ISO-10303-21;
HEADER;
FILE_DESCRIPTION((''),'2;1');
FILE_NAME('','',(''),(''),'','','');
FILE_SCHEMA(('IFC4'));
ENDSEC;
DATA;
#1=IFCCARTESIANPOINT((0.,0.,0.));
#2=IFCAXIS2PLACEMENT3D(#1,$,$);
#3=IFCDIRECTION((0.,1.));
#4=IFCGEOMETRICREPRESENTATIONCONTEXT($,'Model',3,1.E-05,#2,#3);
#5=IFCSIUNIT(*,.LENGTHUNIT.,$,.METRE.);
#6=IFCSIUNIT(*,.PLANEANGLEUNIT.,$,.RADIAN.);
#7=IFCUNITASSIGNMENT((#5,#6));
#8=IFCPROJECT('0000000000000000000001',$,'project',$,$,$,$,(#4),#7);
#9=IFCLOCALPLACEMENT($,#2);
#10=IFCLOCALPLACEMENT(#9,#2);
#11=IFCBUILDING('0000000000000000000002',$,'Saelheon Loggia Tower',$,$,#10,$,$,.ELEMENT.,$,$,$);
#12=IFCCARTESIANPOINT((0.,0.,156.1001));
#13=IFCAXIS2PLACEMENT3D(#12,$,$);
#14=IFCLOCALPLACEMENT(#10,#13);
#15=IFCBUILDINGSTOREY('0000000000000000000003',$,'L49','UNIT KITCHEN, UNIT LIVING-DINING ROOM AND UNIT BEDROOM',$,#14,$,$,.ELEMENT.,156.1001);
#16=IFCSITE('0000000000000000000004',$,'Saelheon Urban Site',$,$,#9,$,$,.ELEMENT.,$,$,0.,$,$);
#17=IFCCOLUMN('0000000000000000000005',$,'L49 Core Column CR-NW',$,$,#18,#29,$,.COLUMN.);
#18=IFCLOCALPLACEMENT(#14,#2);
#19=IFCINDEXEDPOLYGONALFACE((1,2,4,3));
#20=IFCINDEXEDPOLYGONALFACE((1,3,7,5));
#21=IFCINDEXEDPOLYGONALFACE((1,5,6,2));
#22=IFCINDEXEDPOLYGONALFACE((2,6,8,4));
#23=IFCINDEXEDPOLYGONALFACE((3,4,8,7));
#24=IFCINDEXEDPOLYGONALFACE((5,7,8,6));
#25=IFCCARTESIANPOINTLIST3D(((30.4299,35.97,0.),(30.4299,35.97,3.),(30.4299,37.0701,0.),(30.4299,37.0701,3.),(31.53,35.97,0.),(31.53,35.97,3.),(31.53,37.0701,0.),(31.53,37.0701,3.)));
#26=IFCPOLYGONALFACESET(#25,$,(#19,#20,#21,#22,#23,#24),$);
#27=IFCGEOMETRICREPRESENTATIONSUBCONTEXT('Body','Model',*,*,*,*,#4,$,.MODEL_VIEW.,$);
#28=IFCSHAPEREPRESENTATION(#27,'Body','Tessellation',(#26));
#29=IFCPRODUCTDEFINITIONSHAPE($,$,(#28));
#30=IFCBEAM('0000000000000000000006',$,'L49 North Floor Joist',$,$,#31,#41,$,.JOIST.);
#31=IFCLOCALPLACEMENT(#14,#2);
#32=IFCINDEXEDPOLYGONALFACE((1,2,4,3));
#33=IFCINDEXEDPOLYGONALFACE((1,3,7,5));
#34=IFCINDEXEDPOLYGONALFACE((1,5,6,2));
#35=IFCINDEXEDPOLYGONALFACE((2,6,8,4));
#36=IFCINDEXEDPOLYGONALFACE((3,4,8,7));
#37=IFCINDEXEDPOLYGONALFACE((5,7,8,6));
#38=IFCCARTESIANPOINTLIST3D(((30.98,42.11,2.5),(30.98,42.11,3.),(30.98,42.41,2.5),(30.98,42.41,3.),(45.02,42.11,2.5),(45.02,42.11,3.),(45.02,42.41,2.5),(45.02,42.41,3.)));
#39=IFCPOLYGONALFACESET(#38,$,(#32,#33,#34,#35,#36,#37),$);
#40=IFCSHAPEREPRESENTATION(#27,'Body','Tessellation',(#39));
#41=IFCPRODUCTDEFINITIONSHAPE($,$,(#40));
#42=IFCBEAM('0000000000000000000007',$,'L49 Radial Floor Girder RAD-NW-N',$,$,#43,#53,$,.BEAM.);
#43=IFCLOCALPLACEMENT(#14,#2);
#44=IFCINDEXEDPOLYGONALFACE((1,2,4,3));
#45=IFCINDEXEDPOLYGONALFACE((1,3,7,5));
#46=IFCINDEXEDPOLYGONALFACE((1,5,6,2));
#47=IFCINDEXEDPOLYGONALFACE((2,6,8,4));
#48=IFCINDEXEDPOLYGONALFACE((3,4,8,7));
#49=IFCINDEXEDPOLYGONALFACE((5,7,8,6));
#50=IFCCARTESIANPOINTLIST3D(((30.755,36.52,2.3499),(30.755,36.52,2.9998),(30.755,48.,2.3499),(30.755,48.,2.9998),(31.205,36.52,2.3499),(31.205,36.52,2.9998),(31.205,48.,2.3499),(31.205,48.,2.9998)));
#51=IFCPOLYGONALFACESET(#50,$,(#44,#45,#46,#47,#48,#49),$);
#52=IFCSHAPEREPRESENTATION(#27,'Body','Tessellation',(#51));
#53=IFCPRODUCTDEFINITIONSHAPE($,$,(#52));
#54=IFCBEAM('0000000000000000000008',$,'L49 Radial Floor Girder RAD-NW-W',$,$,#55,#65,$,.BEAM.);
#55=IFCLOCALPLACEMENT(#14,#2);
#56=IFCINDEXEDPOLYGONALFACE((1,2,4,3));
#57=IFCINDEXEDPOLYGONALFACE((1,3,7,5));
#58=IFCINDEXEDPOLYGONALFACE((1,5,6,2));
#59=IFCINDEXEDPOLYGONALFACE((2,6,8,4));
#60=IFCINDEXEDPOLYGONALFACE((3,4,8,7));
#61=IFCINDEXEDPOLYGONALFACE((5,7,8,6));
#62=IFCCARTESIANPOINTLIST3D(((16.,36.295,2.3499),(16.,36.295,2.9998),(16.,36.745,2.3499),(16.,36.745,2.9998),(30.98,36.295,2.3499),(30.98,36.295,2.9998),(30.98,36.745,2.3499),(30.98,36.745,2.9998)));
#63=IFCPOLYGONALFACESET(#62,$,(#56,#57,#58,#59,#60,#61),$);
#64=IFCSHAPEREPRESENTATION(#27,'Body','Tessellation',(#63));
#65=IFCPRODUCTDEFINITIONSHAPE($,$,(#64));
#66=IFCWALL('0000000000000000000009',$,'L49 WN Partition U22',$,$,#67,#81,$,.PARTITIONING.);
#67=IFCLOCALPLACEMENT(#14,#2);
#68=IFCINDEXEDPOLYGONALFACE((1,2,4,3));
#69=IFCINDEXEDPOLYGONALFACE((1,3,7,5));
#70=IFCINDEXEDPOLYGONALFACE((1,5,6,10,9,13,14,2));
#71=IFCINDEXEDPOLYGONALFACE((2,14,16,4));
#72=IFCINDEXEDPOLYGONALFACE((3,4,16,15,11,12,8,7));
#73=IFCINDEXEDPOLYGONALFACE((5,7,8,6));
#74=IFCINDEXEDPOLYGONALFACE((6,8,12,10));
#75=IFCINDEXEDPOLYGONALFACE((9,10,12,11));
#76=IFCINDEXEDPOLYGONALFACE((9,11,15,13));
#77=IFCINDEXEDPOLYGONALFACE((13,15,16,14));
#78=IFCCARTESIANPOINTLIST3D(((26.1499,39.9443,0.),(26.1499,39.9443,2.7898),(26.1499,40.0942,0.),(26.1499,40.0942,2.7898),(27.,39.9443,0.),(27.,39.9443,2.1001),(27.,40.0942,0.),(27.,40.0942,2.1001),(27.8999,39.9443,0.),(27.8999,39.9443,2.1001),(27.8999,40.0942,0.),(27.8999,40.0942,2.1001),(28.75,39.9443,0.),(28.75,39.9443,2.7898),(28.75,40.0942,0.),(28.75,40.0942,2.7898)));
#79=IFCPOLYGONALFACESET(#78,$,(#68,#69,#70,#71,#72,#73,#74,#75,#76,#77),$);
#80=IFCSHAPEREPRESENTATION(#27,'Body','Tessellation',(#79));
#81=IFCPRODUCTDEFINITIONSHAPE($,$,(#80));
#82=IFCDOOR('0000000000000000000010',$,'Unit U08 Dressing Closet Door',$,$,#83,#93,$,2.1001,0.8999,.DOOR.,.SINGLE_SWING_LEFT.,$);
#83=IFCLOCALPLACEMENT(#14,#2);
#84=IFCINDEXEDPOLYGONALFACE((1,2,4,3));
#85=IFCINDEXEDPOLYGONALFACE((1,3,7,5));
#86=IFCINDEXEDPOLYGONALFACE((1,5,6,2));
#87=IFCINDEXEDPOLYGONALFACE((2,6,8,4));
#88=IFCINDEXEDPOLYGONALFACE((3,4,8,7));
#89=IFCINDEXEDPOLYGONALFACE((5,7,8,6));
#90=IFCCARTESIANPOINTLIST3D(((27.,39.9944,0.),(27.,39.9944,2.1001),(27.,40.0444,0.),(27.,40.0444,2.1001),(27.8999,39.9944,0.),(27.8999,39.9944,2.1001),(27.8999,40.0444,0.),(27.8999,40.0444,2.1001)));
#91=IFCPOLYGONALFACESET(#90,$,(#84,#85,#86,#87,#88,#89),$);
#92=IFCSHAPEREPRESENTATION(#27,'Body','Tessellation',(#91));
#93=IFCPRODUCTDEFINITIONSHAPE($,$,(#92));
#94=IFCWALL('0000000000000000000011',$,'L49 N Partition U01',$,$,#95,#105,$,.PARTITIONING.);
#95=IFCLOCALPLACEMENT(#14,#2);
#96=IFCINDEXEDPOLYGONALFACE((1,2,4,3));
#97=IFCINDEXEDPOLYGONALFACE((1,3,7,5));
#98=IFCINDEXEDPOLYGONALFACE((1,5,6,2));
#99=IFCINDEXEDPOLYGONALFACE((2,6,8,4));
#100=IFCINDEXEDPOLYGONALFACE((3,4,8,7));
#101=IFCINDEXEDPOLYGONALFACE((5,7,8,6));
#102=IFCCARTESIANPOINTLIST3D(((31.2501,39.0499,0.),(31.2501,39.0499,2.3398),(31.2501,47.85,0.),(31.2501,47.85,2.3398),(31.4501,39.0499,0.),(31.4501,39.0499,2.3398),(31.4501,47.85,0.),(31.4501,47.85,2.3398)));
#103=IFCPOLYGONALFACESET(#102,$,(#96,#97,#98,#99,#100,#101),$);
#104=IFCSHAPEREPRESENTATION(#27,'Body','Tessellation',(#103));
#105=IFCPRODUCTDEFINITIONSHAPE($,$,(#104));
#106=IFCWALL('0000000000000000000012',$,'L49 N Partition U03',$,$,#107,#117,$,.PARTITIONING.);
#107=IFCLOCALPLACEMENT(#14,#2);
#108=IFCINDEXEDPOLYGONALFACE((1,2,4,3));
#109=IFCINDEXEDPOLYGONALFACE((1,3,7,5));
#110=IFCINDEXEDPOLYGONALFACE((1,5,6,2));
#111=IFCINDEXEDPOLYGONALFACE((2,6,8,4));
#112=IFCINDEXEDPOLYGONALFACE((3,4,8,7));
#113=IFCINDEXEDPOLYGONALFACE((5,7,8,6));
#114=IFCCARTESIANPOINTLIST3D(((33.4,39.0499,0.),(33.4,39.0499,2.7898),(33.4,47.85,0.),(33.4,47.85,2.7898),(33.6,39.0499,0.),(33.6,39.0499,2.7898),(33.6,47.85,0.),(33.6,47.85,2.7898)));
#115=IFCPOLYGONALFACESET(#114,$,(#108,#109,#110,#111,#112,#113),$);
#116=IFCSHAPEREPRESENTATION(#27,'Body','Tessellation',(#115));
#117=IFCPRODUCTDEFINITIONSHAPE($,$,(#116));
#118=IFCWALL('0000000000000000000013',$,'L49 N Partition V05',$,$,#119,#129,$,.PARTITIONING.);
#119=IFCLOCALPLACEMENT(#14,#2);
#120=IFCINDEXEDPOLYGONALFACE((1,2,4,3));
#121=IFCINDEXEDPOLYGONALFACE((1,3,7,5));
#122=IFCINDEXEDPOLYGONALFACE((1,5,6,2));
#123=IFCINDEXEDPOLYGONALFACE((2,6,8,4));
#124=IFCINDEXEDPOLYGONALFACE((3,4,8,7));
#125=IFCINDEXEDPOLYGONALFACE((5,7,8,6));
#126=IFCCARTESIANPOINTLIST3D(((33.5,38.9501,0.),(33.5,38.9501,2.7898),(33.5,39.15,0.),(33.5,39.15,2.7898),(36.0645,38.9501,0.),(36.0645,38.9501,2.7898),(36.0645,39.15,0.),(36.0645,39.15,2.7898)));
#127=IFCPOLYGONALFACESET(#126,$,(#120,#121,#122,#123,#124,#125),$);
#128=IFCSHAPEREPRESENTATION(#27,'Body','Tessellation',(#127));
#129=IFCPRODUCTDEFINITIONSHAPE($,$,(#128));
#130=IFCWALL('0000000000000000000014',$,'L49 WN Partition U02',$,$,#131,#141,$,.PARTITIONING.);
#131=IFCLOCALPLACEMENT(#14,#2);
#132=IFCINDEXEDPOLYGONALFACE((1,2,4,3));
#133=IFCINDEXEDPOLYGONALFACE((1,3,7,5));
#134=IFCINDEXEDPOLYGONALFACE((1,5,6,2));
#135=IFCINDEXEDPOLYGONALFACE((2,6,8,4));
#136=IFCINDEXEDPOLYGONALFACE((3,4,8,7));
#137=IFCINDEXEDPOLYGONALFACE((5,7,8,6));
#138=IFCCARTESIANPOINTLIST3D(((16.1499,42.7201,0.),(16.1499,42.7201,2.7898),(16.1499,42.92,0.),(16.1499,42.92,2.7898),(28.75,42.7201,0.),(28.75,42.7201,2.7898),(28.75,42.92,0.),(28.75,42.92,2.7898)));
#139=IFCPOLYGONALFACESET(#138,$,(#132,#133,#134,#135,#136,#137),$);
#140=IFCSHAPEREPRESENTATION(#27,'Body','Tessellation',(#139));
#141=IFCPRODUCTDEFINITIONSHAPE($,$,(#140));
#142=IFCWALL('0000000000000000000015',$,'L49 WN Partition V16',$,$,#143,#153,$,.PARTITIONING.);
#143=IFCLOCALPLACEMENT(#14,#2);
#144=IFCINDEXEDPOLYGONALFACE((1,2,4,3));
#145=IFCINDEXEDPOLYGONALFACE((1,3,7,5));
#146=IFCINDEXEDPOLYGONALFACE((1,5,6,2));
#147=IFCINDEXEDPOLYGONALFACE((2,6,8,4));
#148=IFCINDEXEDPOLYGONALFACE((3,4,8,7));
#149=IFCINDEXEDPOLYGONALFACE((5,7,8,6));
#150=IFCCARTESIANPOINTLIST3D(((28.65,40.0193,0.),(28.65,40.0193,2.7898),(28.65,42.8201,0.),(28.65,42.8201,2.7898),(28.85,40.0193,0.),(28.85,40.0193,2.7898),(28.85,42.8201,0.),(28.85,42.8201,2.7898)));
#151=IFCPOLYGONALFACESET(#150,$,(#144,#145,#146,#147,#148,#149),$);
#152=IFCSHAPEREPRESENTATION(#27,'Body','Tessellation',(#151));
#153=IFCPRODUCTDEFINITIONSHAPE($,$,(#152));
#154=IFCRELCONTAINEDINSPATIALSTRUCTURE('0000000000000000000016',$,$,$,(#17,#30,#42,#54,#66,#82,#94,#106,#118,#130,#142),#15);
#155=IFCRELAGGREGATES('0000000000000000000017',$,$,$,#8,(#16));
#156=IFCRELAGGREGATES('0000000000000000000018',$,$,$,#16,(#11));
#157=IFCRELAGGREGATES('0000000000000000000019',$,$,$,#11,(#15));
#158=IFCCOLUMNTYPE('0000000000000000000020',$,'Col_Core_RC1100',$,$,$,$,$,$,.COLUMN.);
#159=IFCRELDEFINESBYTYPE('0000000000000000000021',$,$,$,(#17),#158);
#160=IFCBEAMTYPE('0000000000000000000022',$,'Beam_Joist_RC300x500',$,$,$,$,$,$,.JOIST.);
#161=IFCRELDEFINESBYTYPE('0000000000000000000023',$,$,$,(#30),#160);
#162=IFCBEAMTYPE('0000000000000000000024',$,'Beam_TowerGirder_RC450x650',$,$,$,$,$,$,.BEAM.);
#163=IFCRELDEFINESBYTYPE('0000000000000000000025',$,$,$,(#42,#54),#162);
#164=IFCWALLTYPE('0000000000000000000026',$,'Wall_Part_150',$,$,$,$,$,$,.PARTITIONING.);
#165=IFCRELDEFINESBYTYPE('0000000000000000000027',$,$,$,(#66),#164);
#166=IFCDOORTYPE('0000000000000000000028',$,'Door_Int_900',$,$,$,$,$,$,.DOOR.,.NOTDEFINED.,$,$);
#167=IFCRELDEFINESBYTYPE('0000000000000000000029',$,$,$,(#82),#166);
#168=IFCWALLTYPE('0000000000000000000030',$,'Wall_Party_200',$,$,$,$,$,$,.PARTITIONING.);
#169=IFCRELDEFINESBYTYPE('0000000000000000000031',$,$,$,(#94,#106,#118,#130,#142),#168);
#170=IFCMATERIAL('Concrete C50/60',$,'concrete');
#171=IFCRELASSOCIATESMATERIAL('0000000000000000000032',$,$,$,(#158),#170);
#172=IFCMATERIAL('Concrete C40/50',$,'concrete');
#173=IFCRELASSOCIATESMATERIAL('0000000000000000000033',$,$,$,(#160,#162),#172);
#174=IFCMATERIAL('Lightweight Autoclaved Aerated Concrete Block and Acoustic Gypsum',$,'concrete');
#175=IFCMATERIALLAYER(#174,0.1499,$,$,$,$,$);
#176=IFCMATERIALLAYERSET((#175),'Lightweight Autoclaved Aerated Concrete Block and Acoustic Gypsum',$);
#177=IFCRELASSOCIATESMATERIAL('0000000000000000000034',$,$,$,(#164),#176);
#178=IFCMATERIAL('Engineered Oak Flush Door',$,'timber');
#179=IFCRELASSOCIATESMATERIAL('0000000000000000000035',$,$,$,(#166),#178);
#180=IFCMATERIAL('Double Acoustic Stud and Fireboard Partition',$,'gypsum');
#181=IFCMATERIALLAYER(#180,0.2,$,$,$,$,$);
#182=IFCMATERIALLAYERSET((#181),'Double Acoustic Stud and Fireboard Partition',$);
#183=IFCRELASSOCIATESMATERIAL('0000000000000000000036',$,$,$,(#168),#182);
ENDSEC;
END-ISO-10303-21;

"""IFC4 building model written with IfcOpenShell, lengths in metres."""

from ifc_helpers import new_model, si_unit, direction, frame, frame_2d, origin, origin_2d, place, context, subcontext, project, spatial, rectangle, extrude, source, transform, mapped, material, layer, layer_set, material_profile, profile_set, type_object, element, fill, save


model = new_model("IFC4")

# Units and contexts
model_context = context("Model", 3, precision=1e-05, world=origin(), true_north=direction((0.0, 1.0)))
body_context = subcontext(model_context, "Body", "Model", "MODEL_VIEW")
ifc_project = project(units=[si_unit("LENGTHUNIT", "METRE"), si_unit("PLANEANGLEUNIT", "RADIAN")], contexts=[model_context])

# Site, building, storey
site_placement = place(None, origin())
site = spatial("IfcSite", under=ifc_project, at=site_placement, Name="Saelheon Urban Site", CompositionType="ELEMENT", RefElevation=0.0)
building_placement = place(site_placement, origin())
building = spatial("IfcBuilding", under=site, at=building_placement, Name="Saelheon Loggia Tower", CompositionType="ELEMENT")
storey_placement = place(building_placement, frame((0.0, 0.0, 156.1001)))
storey = spatial("IfcBuildingStorey", under=building, at=storey_placement, Name="L49", Description="UNIT KITCHEN, UNIT LIVING-DINING ROOM AND UNIT BEDROOM", CompositionType="ELEMENT", Elevation=156.1001)

# Column
ifc_material_1 = material(Name="Concrete C50/60", Category="concrete")
ifc_material_profile_1 = material_profile(ifc_material_1, rectangle(XDim=1.1001, YDim=1.1001, at=origin_2d()), Name="RC-1100x1100")
ifc_profile_set_1 = profile_set([ifc_material_profile_1], Name="Concrete C50/60")
column_type = type_object("IfcColumnType", Name="Col_Core_RC1100", PredefinedType="COLUMN", material=ifc_profile_set_1)
shared_shape_1 = source(origin(), body_context, "Body", "SweptSolid", [
    extrude(rectangle(XDim=1.1001, YDim=1.1001, at=origin_2d()), origin(), (0.0, 0.0, 1.0), 3.0),
])
column_placement = place(storey_placement, frame((30.98, 36.52, 0.0), z_axis=(0.0, 0.0, 1.0), x_axis=(1.0, 0.0, 0.0)))
element("IfcColumn", 1, at=column_placement, inside=storey, type_object=column_type, Name="L49 Core Column CR-NW", PredefinedType="COLUMN", context=body_context, shape_type="MappedRepresentation", body=[
    mapped(shared_shape_1, transform((0.0, 0.0, 0.0), scale=1.0)),
])

# Beams
ifc_material_2 = material(Name="Concrete C40/50", Category="concrete")
ifc_material_profile_2 = material_profile(ifc_material_2, rectangle(XDim=0.3, YDim=0.5, at=origin_2d()), Name="RC-300x500")
ifc_profile_set_2 = profile_set([ifc_material_profile_2], Name="Concrete C40/50")
beam_type_1 = type_object("IfcBeamType", Name="Beam_Joist_RC300x500", PredefinedType="JOIST", material=ifc_profile_set_2)
shared_shape_2 = source(origin(), body_context, "Body", "SweptSolid", [
    extrude(rectangle(XDim=0.3, YDim=0.5, at=origin_2d()), origin(), (0.0, 0.0, 1.0), 14.04),
])
beam_1_placement = place(storey_placement, frame((30.98, 42.26, 2.75), z_axis=(1.0, 0.0, 0.0), x_axis=(0.0, 1.0, 0.0)))
element("IfcBeam", 2, at=beam_1_placement, inside=storey, type_object=beam_type_1, Name="L49 North Floor Joist", PredefinedType="JOIST", context=body_context, shape_type="MappedRepresentation", body=[
    mapped(shared_shape_2, transform((0.0, 0.0, 0.0), scale=1.0)),
])
ifc_material_profile_3 = material_profile(ifc_material_2, rectangle(XDim=0.45, YDim=0.6499, at=origin_2d()), Name="RC-450x650")
ifc_profile_set_3 = profile_set([ifc_material_profile_3], Name="Concrete C40/50")
beam_type_2 = type_object("IfcBeamType", Name="Beam_TowerGirder_RC450x650", PredefinedType="BEAM", material=ifc_profile_set_3)
shared_shape_3 = source(origin(), body_context, "Body", "SweptSolid", [
    extrude(rectangle(XDim=0.45, YDim=0.6499, at=origin_2d()), origin(), (0.0, 0.0, 1.0), 11.48),
])
beam_2_placement = place(storey_placement, frame((30.98, 36.52, 2.6748), z_axis=(0.0, 1.0, 0.0), x_axis=(-1.0, 0.0, 0.0)))
element("IfcBeam", 3, at=beam_2_placement, inside=storey, type_object=beam_type_2, Name="L49 Radial Floor Girder RAD-NW-N", PredefinedType="BEAM", context=body_context, shape_type="MappedRepresentation", body=[
    mapped(shared_shape_3, transform((0.0, 0.0, 0.0), scale=1.0)),
])
shared_shape_4 = source(origin(), body_context, "Body", "SweptSolid", [
    extrude(rectangle(XDim=0.45, YDim=0.6499, at=origin_2d()), origin(), (0.0, 0.0, 1.0), 14.98),
])
beam_3_placement = place(storey_placement, frame((30.98, 36.52, 2.6748), z_axis=(-1.0, 0.0, 0.0), x_axis=(0.0, -1.0, 0.0)))
element("IfcBeam", 4, at=beam_3_placement, inside=storey, type_object=beam_type_2, Name="L49 Radial Floor Girder RAD-NW-W", PredefinedType="BEAM", context=body_context, shape_type="MappedRepresentation", body=[
    mapped(shared_shape_4, transform((0.0, 0.0, 0.0), scale=1.0)),
])

# Wall, opening, door
ifc_material_3 = material(Name="Lightweight Autoclaved Aerated Concrete Block and Acoustic Gypsum", Category="concrete")
ifc_layer_1 = layer(ifc_material_3, 0.1499)
ifc_layer_set_1 = layer_set([ifc_layer_1], Name="Lightweight Autoclaved Aerated Concrete Block and Acoustic Gypsum")
wall_type_1 = type_object("IfcWallType", Name="Wall_Part_150", PredefinedType="PARTITIONING", material=ifc_layer_set_1)
wall_1_placement = place(storey_placement, frame((28.75, 40.0193, 0.0), z_axis=(0.0, 0.0, 1.0), x_axis=(-1.0, 0.0, 0.0)))
wall_1 = element("IfcWall", 5, at=wall_1_placement, inside=storey, type_object=wall_type_1, Name="L49 WN Partition U22", PredefinedType="PARTITIONING", context=body_context, shape_type="SweptSolid", body=[
    extrude(rectangle(XDim=2.6001, YDim=0.1499, at=frame_2d((1.3, 0.0))), origin(), (0.0, 0.0, 1.0), 2.7898),
])
opening_1_placement = place(wall_1_placement, frame((0.8501, 0.0, 0.0)))
opening_1 = element("IfcOpeningElement", 6, at=opening_1_placement, cuts=wall_1, PredefinedType="OPENING", context=body_context, shape_type="SweptSolid", body=[
    extrude(rectangle(XDim=0.8999, YDim=2.1001, at=frame_2d((0.45, 1.05))), frame((0.0, 0.0869, 0.0), z_axis=(0.0, -1.0, 0.0), x_axis=(1.0, 0.0, 0.0)), (0.0, 0.0, 1.0), 0.1738),
])
ifc_material_4 = material(Name="Engineered Oak Flush Door", Category="timber")
door_type_1 = type_object("IfcDoorType", Name="Door_Int_900", OperationType="NOTDEFINED", PredefinedType="DOOR", material=ifc_material_4)
shared_shape_5 = source(origin(), body_context, "Body", "SweptSolid", [
    extrude(rectangle(XDim=0.8999, YDim=2.1001, at=frame_2d((0.45, 1.05))), frame((0.0, 0.0249, 0.0), z_axis=(0.0, -1.0, 0.0), x_axis=(1.0, 0.0, 0.0)), (0.0, 0.0, 1.0), 0.05),
])
door_1_placement = place(opening_1_placement, origin())
door_1 = element("IfcDoor", 7, at=door_1_placement, inside=storey, type_object=door_type_1, Name="Unit U08 Dressing Closet Door", OperationType="SINGLE_SWING_LEFT", OverallHeight=2.1001, OverallWidth=0.8999, PredefinedType="DOOR", context=body_context, shape_type="MappedRepresentation", body=[
    mapped(shared_shape_5, transform((0.0, 0.0, 0.0), scale=1.0)),
])
fill(opening_1, door_1)

# Walls
ifc_material_5 = material(Name="Double Acoustic Stud and Fireboard Partition", Category="gypsum")
ifc_layer_2 = layer(ifc_material_5, 0.2)
ifc_layer_set_2 = layer_set([ifc_layer_2], Name="Double Acoustic Stud and Fireboard Partition")
wall_type_2 = type_object("IfcWallType", Name="Wall_Party_200", PredefinedType="PARTITIONING", material=ifc_layer_set_2)
wall_2_placement = place(storey_placement, frame((31.3501, 39.05, 0.0), z_axis=(0.0, 0.0, 1.0), x_axis=(0.0, 1.0, 0.0)))
element("IfcWall", 8, at=wall_2_placement, inside=storey, type_object=wall_type_2, Name="L49 N Partition U01", PredefinedType="PARTITIONING", context=body_context, shape_type="SweptSolid", body=[
    extrude(rectangle(XDim=8.8, YDim=0.2, at=frame_2d((4.3999, 0.0))), origin(), (0.0, 0.0, 1.0), 2.3398),
])
wall_3_placement = place(storey_placement, frame((33.5, 39.05, 0.0), z_axis=(0.0, 0.0, 1.0), x_axis=(0.0, 1.0, 0.0)))
element("IfcWall", 9, at=wall_3_placement, inside=storey, type_object=wall_type_2, Name="L49 N Partition U03", PredefinedType="PARTITIONING", context=body_context, shape_type="SweptSolid", body=[
    extrude(rectangle(XDim=8.8, YDim=0.2, at=frame_2d((4.3999, 0.0))), origin(), (0.0, 0.0, 1.0), 2.7898),
])
wall_4_placement = place(storey_placement, frame((33.5, 39.05, 0.0), z_axis=(0.0, 0.0, 1.0), x_axis=(1.0, 0.0, 0.0)))
element("IfcWall", 10, at=wall_4_placement, inside=storey, type_object=wall_type_2, Name="L49 N Partition V05", PredefinedType="PARTITIONING", context=body_context, shape_type="SweptSolid", body=[
    extrude(rectangle(XDim=2.5645, YDim=0.2, at=frame_2d((1.2822, 0.0))), origin(), (0.0, 0.0, 1.0), 2.7898),
])
wall_5_placement = place(storey_placement, frame((28.75, 42.8201, 0.0), z_axis=(0.0, 0.0, 1.0), x_axis=(-1.0, 0.0, 0.0)))
element("IfcWall", 11, at=wall_5_placement, inside=storey, type_object=wall_type_2, Name="L49 WN Partition U02", PredefinedType="PARTITIONING", context=body_context, shape_type="SweptSolid", body=[
    extrude(rectangle(XDim=12.6001, YDim=0.2, at=frame_2d((6.3, 0.0))), origin(), (0.0, 0.0, 1.0), 2.7898),
])

# Wall
wall_6_placement = place(storey_placement, frame((28.75, 40.0193, 0.0), z_axis=(0.0, 0.0, 1.0), x_axis=(0.0, 1.0, 0.0)))
element("IfcWall", 12, at=wall_6_placement, inside=storey, type_object=wall_type_2, Name="L49 WN Partition V16", PredefinedType="PARTITIONING", context=body_context, shape_type="SweptSolid", body=[
    extrude(rectangle(XDim=2.8008, YDim=0.2, at=frame_2d((1.4004, 0.0))), origin(), (0.0, 0.0, 1.0), 2.7898),
])

save(model, "model.ifc")
